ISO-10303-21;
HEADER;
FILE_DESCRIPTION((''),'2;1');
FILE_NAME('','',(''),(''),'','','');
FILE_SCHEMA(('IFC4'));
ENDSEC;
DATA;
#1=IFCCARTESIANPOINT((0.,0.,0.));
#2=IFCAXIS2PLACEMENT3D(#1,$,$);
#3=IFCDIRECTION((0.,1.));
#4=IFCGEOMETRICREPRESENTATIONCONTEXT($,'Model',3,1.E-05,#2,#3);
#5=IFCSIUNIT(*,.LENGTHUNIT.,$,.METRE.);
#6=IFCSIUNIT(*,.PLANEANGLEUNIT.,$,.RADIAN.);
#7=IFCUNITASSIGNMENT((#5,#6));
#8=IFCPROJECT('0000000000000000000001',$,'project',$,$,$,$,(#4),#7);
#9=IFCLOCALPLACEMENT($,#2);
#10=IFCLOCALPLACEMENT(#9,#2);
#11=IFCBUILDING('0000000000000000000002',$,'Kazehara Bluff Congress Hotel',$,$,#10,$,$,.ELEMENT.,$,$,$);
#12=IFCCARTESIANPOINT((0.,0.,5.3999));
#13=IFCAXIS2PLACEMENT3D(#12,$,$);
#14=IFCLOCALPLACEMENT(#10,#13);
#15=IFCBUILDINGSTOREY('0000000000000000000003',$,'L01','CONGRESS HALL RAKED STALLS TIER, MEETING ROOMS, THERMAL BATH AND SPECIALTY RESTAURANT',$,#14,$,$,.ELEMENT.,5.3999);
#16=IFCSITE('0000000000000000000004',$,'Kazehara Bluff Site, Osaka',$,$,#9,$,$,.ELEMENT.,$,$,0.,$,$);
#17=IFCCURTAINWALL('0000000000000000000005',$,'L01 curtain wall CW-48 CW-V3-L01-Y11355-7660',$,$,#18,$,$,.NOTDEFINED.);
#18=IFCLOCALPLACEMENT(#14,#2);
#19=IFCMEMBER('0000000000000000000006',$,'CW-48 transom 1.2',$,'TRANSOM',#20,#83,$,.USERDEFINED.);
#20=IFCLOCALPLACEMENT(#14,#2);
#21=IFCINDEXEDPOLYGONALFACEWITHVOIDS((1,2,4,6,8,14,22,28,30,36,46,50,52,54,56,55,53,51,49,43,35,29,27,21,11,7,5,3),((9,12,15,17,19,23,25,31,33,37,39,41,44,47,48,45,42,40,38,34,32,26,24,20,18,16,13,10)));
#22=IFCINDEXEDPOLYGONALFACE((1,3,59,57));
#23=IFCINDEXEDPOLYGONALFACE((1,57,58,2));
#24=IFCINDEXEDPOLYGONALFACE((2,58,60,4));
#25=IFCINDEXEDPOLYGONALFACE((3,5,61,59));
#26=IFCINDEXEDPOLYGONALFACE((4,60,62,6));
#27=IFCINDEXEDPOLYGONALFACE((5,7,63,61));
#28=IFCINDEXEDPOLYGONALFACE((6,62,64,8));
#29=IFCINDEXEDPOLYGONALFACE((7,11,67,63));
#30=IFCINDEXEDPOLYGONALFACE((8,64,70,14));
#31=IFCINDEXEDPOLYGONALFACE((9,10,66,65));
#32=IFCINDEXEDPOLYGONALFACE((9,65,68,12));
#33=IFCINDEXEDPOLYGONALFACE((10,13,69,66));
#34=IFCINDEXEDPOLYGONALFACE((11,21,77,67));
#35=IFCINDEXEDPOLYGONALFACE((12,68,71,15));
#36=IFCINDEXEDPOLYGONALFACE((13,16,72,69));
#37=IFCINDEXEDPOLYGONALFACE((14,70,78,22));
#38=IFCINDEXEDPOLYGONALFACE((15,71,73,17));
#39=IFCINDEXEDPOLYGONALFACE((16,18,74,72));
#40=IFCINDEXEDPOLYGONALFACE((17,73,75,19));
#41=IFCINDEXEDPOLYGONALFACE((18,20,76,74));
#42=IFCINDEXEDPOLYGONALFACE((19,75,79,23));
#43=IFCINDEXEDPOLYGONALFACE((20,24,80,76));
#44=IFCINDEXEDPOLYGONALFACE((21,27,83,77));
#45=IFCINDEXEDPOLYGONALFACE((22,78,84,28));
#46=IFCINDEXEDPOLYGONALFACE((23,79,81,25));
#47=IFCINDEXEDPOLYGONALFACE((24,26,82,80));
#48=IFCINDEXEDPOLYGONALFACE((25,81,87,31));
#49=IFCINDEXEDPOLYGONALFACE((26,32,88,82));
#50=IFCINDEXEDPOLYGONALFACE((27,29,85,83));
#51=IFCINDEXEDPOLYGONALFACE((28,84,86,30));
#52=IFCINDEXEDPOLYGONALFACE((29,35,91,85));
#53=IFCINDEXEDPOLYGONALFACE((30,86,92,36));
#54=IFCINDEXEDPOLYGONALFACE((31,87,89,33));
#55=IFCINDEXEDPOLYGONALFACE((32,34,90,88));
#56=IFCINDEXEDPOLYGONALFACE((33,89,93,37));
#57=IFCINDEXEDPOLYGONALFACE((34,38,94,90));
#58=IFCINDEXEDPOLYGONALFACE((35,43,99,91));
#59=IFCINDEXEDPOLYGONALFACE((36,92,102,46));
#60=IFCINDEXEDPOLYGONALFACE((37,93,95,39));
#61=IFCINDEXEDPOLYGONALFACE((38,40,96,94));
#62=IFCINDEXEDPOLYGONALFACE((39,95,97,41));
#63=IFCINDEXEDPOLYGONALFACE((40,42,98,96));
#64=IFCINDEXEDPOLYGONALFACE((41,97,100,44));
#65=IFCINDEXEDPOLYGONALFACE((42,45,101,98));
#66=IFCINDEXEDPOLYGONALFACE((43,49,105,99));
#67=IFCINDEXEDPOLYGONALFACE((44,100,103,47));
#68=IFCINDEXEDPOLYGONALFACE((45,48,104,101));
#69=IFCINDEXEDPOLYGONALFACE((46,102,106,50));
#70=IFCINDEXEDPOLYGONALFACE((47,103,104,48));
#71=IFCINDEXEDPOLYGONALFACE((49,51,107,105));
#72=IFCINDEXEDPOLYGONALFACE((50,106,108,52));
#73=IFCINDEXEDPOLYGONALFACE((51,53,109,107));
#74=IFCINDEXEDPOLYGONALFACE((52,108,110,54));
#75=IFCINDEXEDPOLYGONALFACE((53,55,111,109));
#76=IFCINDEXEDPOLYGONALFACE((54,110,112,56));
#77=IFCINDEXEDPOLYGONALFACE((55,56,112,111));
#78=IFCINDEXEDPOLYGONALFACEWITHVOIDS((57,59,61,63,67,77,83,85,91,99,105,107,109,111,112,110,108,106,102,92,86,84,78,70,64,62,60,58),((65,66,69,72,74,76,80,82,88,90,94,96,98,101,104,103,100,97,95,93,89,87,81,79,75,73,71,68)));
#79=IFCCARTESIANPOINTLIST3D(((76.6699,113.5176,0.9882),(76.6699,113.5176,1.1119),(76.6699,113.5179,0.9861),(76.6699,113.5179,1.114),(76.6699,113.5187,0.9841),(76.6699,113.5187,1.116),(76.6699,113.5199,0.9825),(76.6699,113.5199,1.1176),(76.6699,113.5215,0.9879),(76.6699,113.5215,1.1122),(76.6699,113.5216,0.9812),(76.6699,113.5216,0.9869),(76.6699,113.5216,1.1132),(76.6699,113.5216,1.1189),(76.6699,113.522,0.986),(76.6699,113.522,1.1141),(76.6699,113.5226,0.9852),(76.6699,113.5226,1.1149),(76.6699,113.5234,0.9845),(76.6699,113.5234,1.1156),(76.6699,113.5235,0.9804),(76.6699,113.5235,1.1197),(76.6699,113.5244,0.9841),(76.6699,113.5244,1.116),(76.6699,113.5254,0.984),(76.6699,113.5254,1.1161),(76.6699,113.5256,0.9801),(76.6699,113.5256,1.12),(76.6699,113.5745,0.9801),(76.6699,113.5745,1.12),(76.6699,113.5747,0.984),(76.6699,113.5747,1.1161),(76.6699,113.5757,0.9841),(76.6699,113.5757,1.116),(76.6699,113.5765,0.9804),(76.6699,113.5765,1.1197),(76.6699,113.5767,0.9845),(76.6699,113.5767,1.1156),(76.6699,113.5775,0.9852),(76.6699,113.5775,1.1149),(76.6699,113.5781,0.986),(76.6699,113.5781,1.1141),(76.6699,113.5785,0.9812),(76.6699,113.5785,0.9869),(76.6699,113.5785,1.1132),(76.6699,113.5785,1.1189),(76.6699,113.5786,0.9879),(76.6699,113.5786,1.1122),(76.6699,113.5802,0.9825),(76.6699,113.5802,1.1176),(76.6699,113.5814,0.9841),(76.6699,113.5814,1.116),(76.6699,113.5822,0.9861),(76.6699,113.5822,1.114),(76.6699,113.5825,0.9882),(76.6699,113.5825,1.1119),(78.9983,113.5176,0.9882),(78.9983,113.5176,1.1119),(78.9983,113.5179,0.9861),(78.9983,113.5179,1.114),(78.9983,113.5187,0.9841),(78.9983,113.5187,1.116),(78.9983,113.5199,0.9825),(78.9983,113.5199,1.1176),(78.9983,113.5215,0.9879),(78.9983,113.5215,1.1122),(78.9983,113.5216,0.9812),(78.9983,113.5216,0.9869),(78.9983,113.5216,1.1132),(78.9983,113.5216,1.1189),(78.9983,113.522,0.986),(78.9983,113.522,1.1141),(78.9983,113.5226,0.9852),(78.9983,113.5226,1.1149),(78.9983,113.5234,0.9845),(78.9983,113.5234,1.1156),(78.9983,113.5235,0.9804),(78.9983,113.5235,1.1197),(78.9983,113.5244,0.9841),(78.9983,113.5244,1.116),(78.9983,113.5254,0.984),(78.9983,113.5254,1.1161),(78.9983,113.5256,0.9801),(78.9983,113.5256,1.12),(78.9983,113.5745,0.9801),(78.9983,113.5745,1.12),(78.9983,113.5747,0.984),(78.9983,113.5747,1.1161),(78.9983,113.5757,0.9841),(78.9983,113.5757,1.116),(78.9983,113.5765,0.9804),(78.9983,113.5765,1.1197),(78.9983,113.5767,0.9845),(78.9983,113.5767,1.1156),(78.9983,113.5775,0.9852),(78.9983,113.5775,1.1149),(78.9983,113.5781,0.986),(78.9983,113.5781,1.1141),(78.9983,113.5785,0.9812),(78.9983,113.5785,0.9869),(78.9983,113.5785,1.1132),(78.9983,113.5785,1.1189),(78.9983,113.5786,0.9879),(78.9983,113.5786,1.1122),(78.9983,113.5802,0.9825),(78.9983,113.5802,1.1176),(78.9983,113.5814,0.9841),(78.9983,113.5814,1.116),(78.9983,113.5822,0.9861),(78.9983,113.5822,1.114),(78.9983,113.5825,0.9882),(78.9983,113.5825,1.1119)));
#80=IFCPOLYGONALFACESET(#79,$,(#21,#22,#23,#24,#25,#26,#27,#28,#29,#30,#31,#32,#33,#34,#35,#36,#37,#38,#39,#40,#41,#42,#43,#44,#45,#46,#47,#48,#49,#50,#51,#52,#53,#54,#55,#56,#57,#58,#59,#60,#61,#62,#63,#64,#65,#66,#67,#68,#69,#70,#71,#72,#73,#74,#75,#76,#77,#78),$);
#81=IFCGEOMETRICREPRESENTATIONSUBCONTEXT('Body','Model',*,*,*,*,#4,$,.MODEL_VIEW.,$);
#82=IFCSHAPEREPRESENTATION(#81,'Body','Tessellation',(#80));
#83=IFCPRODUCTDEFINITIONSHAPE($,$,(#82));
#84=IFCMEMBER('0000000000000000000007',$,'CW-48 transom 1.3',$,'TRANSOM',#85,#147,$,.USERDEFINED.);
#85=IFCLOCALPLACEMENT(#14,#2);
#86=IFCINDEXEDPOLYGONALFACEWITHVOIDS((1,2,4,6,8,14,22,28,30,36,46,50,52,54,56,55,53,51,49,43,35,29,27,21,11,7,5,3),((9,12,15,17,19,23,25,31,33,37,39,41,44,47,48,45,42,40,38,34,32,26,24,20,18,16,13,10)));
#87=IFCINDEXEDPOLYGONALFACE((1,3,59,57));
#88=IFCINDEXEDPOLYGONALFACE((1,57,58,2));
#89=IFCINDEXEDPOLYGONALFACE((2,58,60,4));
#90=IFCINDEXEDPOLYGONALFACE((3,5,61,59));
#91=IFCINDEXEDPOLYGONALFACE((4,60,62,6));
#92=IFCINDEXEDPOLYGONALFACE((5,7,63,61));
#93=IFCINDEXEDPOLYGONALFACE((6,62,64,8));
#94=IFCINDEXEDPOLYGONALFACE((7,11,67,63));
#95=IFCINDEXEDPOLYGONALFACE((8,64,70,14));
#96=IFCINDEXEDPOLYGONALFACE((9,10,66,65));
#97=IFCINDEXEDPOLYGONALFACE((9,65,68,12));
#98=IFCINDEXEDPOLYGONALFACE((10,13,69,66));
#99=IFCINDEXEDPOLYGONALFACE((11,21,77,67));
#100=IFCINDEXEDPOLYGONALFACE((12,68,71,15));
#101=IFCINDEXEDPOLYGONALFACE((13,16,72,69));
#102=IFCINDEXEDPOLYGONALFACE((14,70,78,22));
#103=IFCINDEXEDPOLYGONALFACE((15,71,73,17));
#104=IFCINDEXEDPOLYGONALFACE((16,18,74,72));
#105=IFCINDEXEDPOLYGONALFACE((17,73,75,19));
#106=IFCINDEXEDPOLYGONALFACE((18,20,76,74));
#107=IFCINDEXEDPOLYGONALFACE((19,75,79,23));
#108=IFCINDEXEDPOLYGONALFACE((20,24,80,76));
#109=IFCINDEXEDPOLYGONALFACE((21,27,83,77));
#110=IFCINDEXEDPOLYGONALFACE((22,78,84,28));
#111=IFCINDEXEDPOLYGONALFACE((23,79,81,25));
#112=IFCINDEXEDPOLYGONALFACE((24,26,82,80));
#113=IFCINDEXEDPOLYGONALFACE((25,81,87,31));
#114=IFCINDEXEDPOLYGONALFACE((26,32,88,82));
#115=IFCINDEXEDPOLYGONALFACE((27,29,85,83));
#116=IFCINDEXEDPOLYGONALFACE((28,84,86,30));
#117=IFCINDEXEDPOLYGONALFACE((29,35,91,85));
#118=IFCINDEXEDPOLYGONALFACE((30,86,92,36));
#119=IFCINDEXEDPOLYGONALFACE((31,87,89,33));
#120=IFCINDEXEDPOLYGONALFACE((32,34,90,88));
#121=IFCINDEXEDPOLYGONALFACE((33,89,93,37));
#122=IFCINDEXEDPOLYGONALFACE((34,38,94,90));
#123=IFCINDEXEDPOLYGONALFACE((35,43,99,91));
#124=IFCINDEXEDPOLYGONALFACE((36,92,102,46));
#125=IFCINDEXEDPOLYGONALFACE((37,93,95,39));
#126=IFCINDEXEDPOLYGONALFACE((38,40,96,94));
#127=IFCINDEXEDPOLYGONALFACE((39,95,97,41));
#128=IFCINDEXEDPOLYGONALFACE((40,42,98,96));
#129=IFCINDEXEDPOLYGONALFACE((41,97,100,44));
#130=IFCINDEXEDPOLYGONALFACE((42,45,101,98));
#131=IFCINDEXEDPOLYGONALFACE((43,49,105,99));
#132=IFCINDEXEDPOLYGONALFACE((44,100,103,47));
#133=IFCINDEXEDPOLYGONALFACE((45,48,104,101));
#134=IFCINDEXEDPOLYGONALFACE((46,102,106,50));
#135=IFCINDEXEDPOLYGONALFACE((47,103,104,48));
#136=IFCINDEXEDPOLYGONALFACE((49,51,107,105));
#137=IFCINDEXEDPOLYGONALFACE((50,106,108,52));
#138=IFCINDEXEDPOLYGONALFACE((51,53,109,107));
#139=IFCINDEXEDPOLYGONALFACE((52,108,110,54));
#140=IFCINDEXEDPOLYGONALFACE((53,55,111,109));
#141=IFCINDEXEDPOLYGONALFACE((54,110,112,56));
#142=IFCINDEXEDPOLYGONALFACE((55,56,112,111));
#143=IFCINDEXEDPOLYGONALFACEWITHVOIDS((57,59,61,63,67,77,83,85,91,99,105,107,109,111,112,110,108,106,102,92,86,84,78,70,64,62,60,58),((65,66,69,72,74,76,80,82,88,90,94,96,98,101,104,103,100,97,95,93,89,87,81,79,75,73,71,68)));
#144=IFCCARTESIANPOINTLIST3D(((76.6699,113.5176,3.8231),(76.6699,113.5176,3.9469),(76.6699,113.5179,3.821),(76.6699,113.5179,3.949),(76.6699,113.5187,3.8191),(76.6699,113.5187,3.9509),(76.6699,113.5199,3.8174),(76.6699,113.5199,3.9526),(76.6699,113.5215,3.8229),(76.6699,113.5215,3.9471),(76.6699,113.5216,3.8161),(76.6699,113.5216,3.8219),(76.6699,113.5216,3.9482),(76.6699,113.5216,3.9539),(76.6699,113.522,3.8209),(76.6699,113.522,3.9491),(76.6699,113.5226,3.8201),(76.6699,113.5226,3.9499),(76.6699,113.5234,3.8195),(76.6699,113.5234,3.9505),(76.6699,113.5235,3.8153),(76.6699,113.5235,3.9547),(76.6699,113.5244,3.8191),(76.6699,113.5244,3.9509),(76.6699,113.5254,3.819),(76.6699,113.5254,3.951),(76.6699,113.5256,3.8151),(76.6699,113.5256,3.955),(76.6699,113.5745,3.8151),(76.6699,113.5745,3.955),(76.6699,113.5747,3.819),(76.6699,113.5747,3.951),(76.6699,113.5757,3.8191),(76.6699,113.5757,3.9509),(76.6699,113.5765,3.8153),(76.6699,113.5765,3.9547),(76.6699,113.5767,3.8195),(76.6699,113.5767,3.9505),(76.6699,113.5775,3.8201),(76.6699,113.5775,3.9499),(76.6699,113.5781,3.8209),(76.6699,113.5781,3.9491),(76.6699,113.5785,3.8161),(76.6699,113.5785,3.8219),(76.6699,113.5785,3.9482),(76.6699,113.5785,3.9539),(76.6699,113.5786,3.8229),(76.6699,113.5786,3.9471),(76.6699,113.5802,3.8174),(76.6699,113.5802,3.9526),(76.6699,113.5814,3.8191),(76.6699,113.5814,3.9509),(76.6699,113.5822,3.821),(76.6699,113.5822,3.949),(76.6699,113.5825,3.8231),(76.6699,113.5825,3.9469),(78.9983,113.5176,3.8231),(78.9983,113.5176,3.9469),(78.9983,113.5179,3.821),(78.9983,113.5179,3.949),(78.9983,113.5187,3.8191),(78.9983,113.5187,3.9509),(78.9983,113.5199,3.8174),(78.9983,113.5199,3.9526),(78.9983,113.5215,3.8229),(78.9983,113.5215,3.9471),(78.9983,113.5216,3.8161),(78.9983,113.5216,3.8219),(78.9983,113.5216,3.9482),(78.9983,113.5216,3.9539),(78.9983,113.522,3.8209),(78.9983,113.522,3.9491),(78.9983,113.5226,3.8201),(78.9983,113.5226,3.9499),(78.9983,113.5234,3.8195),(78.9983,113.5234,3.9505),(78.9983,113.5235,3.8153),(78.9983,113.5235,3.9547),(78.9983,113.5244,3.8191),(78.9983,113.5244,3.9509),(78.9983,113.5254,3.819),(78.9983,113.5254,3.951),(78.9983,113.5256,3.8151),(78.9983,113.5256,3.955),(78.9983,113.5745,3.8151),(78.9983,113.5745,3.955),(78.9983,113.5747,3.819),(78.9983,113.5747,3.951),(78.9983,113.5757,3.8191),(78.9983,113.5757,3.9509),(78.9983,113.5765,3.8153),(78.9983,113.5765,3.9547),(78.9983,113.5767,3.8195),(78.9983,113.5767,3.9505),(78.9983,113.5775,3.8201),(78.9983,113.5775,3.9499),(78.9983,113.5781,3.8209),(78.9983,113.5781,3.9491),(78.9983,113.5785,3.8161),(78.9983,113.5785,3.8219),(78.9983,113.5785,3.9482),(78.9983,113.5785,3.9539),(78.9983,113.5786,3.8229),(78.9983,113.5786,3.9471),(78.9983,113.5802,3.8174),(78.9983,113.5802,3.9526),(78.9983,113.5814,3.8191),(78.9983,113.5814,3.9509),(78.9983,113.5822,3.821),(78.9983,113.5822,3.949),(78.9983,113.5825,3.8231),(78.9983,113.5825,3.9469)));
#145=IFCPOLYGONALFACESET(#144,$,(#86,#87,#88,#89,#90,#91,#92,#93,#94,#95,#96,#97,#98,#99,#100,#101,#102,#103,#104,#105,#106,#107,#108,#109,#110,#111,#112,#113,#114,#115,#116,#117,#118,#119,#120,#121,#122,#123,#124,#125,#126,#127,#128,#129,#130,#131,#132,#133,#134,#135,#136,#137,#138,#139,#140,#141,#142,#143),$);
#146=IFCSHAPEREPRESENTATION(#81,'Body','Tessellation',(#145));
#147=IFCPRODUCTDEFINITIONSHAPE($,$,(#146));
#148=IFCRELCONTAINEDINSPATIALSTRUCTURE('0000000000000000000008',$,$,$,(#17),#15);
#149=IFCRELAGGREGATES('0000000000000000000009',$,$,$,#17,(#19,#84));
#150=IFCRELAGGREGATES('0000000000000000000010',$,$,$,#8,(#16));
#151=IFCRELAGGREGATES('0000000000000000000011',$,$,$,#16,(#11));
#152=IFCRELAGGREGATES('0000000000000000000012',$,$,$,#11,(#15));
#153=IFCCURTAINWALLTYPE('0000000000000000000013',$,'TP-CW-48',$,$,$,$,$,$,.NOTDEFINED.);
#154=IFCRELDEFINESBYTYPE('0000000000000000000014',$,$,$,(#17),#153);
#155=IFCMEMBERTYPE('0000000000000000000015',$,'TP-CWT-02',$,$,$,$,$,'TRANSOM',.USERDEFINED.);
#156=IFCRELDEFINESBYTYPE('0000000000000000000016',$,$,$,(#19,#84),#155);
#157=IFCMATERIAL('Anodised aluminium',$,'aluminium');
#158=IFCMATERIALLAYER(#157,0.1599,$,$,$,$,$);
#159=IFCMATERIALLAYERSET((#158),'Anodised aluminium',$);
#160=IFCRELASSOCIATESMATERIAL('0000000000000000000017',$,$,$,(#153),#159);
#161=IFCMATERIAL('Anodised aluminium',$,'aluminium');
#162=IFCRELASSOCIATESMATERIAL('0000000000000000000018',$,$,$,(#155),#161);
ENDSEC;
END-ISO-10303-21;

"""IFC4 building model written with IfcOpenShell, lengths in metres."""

from ifc_helpers import new_model, si_unit, direction, frame, origin, origin_2d, place, context, subcontext, project, spatial, hollow_rectangle, extrude, material, layer, layer_set, material_profile, profile_set, type_object, element, aggregate, save


model = new_model("IFC4")

# Units and contexts
model_context = context("Model", 3, precision=1e-05, world=origin(), true_north=direction((0.0, 1.0)))
body_context = subcontext(model_context, "Body", "Model", "MODEL_VIEW")
ifc_project = project(units=[si_unit("LENGTHUNIT", "METRE"), si_unit("PLANEANGLEUNIT", "RADIAN")], contexts=[model_context])

# Site, building, storey
site_placement = place(None, origin())
site = spatial("IfcSite", under=ifc_project, at=site_placement, Name="Kazehara Bluff Site, Osaka", CompositionType="ELEMENT", RefElevation=0.0)
building_placement = place(site_placement, origin())
building = spatial("IfcBuilding", under=site, at=building_placement, Name="Kazehara Bluff Congress Hotel", CompositionType="ELEMENT")
storey_placement = place(building_placement, frame((0.0, 0.0, 5.3999)))
storey = spatial("IfcBuildingStorey", under=building, at=storey_placement, Name="L01", Description="CONGRESS HALL RAKED STALLS TIER, MEETING ROOMS, THERMAL BATH AND SPECIALTY RESTAURANT", CompositionType="ELEMENT", Elevation=5.3999)

# Curtain wall
ifc_material_1 = material(Name="Anodised aluminium", Category="aluminium")
ifc_layer_1 = layer(ifc_material_1, 0.1599)
ifc_layer_set_1 = layer_set([ifc_layer_1], Name="Anodised aluminium")
curtain_wall_type_1 = type_object("IfcCurtainWallType", Name="TP-CW-48", PredefinedType="NOTDEFINED", material=ifc_layer_set_1)
curtain_wall_1_placement = place(storey_placement, origin())
curtain_wall_1 = element("IfcCurtainWall", 1, at=curtain_wall_1_placement, inside=storey, type_object=curtain_wall_type_1, Name="L01 curtain wall CW-48 CW-V3-L01-Y11355-7660", PredefinedType="NOTDEFINED")

# Members
ifc_material_2 = material(Name="Anodised aluminium", Category="aluminium")
ifc_material_profile_1 = material_profile(ifc_material_2, hollow_rectangle(XDim=0.0649, YDim=0.1399, WallThickness=0.0039, InnerFilletRadius=0.0039, OuterFilletRadius=0.0081, at=origin_2d()))
ifc_profile_set_1 = profile_set([ifc_material_profile_1], Name="Anodised aluminium")
member_type_1 = type_object("IfcMemberType", Name="TP-CWT-02", ElementType="TRANSOM", PredefinedType="USERDEFINED", material=ifc_profile_set_1)
member_1_placement = place(storey_placement, frame((76.6699, 113.55, 1.05), z_axis=(1.0, 0.0, 0.0), x_axis=(0.0, 1.0, 0.0)))
member_1 = element("IfcMember", 2, at=member_1_placement, type_object=member_type_1, Name="CW-48 transom 1.2", ObjectType="TRANSOM", PredefinedType="USERDEFINED", context=body_context, shape_type="SweptSolid", body=[
    extrude(hollow_rectangle(XDim=0.0649, YDim=0.1399, WallThickness=0.0039, InnerFilletRadius=0.0039, OuterFilletRadius=0.0081, at=origin_2d()), origin(), (0.0, 0.0, 1.0), 2.3284),
])
member_2_placement = place(storey_placement, frame((76.6699, 113.55, 3.885), z_axis=(1.0, 0.0, 0.0), x_axis=(0.0, 1.0, 0.0)))
member_2 = element("IfcMember", 3, at=member_2_placement, type_object=member_type_1, Name="CW-48 transom 1.3", ObjectType="TRANSOM", PredefinedType="USERDEFINED", context=body_context, shape_type="SweptSolid", body=[
    extrude(hollow_rectangle(XDim=0.0649, YDim=0.1399, WallThickness=0.0039, InnerFilletRadius=0.0039, OuterFilletRadius=0.0081, at=origin_2d()), origin(), (0.0, 0.0, 1.0), 2.3284),
])

aggregate(curtain_wall_1, [member_1, member_2])

save(model, "model.ifc")
